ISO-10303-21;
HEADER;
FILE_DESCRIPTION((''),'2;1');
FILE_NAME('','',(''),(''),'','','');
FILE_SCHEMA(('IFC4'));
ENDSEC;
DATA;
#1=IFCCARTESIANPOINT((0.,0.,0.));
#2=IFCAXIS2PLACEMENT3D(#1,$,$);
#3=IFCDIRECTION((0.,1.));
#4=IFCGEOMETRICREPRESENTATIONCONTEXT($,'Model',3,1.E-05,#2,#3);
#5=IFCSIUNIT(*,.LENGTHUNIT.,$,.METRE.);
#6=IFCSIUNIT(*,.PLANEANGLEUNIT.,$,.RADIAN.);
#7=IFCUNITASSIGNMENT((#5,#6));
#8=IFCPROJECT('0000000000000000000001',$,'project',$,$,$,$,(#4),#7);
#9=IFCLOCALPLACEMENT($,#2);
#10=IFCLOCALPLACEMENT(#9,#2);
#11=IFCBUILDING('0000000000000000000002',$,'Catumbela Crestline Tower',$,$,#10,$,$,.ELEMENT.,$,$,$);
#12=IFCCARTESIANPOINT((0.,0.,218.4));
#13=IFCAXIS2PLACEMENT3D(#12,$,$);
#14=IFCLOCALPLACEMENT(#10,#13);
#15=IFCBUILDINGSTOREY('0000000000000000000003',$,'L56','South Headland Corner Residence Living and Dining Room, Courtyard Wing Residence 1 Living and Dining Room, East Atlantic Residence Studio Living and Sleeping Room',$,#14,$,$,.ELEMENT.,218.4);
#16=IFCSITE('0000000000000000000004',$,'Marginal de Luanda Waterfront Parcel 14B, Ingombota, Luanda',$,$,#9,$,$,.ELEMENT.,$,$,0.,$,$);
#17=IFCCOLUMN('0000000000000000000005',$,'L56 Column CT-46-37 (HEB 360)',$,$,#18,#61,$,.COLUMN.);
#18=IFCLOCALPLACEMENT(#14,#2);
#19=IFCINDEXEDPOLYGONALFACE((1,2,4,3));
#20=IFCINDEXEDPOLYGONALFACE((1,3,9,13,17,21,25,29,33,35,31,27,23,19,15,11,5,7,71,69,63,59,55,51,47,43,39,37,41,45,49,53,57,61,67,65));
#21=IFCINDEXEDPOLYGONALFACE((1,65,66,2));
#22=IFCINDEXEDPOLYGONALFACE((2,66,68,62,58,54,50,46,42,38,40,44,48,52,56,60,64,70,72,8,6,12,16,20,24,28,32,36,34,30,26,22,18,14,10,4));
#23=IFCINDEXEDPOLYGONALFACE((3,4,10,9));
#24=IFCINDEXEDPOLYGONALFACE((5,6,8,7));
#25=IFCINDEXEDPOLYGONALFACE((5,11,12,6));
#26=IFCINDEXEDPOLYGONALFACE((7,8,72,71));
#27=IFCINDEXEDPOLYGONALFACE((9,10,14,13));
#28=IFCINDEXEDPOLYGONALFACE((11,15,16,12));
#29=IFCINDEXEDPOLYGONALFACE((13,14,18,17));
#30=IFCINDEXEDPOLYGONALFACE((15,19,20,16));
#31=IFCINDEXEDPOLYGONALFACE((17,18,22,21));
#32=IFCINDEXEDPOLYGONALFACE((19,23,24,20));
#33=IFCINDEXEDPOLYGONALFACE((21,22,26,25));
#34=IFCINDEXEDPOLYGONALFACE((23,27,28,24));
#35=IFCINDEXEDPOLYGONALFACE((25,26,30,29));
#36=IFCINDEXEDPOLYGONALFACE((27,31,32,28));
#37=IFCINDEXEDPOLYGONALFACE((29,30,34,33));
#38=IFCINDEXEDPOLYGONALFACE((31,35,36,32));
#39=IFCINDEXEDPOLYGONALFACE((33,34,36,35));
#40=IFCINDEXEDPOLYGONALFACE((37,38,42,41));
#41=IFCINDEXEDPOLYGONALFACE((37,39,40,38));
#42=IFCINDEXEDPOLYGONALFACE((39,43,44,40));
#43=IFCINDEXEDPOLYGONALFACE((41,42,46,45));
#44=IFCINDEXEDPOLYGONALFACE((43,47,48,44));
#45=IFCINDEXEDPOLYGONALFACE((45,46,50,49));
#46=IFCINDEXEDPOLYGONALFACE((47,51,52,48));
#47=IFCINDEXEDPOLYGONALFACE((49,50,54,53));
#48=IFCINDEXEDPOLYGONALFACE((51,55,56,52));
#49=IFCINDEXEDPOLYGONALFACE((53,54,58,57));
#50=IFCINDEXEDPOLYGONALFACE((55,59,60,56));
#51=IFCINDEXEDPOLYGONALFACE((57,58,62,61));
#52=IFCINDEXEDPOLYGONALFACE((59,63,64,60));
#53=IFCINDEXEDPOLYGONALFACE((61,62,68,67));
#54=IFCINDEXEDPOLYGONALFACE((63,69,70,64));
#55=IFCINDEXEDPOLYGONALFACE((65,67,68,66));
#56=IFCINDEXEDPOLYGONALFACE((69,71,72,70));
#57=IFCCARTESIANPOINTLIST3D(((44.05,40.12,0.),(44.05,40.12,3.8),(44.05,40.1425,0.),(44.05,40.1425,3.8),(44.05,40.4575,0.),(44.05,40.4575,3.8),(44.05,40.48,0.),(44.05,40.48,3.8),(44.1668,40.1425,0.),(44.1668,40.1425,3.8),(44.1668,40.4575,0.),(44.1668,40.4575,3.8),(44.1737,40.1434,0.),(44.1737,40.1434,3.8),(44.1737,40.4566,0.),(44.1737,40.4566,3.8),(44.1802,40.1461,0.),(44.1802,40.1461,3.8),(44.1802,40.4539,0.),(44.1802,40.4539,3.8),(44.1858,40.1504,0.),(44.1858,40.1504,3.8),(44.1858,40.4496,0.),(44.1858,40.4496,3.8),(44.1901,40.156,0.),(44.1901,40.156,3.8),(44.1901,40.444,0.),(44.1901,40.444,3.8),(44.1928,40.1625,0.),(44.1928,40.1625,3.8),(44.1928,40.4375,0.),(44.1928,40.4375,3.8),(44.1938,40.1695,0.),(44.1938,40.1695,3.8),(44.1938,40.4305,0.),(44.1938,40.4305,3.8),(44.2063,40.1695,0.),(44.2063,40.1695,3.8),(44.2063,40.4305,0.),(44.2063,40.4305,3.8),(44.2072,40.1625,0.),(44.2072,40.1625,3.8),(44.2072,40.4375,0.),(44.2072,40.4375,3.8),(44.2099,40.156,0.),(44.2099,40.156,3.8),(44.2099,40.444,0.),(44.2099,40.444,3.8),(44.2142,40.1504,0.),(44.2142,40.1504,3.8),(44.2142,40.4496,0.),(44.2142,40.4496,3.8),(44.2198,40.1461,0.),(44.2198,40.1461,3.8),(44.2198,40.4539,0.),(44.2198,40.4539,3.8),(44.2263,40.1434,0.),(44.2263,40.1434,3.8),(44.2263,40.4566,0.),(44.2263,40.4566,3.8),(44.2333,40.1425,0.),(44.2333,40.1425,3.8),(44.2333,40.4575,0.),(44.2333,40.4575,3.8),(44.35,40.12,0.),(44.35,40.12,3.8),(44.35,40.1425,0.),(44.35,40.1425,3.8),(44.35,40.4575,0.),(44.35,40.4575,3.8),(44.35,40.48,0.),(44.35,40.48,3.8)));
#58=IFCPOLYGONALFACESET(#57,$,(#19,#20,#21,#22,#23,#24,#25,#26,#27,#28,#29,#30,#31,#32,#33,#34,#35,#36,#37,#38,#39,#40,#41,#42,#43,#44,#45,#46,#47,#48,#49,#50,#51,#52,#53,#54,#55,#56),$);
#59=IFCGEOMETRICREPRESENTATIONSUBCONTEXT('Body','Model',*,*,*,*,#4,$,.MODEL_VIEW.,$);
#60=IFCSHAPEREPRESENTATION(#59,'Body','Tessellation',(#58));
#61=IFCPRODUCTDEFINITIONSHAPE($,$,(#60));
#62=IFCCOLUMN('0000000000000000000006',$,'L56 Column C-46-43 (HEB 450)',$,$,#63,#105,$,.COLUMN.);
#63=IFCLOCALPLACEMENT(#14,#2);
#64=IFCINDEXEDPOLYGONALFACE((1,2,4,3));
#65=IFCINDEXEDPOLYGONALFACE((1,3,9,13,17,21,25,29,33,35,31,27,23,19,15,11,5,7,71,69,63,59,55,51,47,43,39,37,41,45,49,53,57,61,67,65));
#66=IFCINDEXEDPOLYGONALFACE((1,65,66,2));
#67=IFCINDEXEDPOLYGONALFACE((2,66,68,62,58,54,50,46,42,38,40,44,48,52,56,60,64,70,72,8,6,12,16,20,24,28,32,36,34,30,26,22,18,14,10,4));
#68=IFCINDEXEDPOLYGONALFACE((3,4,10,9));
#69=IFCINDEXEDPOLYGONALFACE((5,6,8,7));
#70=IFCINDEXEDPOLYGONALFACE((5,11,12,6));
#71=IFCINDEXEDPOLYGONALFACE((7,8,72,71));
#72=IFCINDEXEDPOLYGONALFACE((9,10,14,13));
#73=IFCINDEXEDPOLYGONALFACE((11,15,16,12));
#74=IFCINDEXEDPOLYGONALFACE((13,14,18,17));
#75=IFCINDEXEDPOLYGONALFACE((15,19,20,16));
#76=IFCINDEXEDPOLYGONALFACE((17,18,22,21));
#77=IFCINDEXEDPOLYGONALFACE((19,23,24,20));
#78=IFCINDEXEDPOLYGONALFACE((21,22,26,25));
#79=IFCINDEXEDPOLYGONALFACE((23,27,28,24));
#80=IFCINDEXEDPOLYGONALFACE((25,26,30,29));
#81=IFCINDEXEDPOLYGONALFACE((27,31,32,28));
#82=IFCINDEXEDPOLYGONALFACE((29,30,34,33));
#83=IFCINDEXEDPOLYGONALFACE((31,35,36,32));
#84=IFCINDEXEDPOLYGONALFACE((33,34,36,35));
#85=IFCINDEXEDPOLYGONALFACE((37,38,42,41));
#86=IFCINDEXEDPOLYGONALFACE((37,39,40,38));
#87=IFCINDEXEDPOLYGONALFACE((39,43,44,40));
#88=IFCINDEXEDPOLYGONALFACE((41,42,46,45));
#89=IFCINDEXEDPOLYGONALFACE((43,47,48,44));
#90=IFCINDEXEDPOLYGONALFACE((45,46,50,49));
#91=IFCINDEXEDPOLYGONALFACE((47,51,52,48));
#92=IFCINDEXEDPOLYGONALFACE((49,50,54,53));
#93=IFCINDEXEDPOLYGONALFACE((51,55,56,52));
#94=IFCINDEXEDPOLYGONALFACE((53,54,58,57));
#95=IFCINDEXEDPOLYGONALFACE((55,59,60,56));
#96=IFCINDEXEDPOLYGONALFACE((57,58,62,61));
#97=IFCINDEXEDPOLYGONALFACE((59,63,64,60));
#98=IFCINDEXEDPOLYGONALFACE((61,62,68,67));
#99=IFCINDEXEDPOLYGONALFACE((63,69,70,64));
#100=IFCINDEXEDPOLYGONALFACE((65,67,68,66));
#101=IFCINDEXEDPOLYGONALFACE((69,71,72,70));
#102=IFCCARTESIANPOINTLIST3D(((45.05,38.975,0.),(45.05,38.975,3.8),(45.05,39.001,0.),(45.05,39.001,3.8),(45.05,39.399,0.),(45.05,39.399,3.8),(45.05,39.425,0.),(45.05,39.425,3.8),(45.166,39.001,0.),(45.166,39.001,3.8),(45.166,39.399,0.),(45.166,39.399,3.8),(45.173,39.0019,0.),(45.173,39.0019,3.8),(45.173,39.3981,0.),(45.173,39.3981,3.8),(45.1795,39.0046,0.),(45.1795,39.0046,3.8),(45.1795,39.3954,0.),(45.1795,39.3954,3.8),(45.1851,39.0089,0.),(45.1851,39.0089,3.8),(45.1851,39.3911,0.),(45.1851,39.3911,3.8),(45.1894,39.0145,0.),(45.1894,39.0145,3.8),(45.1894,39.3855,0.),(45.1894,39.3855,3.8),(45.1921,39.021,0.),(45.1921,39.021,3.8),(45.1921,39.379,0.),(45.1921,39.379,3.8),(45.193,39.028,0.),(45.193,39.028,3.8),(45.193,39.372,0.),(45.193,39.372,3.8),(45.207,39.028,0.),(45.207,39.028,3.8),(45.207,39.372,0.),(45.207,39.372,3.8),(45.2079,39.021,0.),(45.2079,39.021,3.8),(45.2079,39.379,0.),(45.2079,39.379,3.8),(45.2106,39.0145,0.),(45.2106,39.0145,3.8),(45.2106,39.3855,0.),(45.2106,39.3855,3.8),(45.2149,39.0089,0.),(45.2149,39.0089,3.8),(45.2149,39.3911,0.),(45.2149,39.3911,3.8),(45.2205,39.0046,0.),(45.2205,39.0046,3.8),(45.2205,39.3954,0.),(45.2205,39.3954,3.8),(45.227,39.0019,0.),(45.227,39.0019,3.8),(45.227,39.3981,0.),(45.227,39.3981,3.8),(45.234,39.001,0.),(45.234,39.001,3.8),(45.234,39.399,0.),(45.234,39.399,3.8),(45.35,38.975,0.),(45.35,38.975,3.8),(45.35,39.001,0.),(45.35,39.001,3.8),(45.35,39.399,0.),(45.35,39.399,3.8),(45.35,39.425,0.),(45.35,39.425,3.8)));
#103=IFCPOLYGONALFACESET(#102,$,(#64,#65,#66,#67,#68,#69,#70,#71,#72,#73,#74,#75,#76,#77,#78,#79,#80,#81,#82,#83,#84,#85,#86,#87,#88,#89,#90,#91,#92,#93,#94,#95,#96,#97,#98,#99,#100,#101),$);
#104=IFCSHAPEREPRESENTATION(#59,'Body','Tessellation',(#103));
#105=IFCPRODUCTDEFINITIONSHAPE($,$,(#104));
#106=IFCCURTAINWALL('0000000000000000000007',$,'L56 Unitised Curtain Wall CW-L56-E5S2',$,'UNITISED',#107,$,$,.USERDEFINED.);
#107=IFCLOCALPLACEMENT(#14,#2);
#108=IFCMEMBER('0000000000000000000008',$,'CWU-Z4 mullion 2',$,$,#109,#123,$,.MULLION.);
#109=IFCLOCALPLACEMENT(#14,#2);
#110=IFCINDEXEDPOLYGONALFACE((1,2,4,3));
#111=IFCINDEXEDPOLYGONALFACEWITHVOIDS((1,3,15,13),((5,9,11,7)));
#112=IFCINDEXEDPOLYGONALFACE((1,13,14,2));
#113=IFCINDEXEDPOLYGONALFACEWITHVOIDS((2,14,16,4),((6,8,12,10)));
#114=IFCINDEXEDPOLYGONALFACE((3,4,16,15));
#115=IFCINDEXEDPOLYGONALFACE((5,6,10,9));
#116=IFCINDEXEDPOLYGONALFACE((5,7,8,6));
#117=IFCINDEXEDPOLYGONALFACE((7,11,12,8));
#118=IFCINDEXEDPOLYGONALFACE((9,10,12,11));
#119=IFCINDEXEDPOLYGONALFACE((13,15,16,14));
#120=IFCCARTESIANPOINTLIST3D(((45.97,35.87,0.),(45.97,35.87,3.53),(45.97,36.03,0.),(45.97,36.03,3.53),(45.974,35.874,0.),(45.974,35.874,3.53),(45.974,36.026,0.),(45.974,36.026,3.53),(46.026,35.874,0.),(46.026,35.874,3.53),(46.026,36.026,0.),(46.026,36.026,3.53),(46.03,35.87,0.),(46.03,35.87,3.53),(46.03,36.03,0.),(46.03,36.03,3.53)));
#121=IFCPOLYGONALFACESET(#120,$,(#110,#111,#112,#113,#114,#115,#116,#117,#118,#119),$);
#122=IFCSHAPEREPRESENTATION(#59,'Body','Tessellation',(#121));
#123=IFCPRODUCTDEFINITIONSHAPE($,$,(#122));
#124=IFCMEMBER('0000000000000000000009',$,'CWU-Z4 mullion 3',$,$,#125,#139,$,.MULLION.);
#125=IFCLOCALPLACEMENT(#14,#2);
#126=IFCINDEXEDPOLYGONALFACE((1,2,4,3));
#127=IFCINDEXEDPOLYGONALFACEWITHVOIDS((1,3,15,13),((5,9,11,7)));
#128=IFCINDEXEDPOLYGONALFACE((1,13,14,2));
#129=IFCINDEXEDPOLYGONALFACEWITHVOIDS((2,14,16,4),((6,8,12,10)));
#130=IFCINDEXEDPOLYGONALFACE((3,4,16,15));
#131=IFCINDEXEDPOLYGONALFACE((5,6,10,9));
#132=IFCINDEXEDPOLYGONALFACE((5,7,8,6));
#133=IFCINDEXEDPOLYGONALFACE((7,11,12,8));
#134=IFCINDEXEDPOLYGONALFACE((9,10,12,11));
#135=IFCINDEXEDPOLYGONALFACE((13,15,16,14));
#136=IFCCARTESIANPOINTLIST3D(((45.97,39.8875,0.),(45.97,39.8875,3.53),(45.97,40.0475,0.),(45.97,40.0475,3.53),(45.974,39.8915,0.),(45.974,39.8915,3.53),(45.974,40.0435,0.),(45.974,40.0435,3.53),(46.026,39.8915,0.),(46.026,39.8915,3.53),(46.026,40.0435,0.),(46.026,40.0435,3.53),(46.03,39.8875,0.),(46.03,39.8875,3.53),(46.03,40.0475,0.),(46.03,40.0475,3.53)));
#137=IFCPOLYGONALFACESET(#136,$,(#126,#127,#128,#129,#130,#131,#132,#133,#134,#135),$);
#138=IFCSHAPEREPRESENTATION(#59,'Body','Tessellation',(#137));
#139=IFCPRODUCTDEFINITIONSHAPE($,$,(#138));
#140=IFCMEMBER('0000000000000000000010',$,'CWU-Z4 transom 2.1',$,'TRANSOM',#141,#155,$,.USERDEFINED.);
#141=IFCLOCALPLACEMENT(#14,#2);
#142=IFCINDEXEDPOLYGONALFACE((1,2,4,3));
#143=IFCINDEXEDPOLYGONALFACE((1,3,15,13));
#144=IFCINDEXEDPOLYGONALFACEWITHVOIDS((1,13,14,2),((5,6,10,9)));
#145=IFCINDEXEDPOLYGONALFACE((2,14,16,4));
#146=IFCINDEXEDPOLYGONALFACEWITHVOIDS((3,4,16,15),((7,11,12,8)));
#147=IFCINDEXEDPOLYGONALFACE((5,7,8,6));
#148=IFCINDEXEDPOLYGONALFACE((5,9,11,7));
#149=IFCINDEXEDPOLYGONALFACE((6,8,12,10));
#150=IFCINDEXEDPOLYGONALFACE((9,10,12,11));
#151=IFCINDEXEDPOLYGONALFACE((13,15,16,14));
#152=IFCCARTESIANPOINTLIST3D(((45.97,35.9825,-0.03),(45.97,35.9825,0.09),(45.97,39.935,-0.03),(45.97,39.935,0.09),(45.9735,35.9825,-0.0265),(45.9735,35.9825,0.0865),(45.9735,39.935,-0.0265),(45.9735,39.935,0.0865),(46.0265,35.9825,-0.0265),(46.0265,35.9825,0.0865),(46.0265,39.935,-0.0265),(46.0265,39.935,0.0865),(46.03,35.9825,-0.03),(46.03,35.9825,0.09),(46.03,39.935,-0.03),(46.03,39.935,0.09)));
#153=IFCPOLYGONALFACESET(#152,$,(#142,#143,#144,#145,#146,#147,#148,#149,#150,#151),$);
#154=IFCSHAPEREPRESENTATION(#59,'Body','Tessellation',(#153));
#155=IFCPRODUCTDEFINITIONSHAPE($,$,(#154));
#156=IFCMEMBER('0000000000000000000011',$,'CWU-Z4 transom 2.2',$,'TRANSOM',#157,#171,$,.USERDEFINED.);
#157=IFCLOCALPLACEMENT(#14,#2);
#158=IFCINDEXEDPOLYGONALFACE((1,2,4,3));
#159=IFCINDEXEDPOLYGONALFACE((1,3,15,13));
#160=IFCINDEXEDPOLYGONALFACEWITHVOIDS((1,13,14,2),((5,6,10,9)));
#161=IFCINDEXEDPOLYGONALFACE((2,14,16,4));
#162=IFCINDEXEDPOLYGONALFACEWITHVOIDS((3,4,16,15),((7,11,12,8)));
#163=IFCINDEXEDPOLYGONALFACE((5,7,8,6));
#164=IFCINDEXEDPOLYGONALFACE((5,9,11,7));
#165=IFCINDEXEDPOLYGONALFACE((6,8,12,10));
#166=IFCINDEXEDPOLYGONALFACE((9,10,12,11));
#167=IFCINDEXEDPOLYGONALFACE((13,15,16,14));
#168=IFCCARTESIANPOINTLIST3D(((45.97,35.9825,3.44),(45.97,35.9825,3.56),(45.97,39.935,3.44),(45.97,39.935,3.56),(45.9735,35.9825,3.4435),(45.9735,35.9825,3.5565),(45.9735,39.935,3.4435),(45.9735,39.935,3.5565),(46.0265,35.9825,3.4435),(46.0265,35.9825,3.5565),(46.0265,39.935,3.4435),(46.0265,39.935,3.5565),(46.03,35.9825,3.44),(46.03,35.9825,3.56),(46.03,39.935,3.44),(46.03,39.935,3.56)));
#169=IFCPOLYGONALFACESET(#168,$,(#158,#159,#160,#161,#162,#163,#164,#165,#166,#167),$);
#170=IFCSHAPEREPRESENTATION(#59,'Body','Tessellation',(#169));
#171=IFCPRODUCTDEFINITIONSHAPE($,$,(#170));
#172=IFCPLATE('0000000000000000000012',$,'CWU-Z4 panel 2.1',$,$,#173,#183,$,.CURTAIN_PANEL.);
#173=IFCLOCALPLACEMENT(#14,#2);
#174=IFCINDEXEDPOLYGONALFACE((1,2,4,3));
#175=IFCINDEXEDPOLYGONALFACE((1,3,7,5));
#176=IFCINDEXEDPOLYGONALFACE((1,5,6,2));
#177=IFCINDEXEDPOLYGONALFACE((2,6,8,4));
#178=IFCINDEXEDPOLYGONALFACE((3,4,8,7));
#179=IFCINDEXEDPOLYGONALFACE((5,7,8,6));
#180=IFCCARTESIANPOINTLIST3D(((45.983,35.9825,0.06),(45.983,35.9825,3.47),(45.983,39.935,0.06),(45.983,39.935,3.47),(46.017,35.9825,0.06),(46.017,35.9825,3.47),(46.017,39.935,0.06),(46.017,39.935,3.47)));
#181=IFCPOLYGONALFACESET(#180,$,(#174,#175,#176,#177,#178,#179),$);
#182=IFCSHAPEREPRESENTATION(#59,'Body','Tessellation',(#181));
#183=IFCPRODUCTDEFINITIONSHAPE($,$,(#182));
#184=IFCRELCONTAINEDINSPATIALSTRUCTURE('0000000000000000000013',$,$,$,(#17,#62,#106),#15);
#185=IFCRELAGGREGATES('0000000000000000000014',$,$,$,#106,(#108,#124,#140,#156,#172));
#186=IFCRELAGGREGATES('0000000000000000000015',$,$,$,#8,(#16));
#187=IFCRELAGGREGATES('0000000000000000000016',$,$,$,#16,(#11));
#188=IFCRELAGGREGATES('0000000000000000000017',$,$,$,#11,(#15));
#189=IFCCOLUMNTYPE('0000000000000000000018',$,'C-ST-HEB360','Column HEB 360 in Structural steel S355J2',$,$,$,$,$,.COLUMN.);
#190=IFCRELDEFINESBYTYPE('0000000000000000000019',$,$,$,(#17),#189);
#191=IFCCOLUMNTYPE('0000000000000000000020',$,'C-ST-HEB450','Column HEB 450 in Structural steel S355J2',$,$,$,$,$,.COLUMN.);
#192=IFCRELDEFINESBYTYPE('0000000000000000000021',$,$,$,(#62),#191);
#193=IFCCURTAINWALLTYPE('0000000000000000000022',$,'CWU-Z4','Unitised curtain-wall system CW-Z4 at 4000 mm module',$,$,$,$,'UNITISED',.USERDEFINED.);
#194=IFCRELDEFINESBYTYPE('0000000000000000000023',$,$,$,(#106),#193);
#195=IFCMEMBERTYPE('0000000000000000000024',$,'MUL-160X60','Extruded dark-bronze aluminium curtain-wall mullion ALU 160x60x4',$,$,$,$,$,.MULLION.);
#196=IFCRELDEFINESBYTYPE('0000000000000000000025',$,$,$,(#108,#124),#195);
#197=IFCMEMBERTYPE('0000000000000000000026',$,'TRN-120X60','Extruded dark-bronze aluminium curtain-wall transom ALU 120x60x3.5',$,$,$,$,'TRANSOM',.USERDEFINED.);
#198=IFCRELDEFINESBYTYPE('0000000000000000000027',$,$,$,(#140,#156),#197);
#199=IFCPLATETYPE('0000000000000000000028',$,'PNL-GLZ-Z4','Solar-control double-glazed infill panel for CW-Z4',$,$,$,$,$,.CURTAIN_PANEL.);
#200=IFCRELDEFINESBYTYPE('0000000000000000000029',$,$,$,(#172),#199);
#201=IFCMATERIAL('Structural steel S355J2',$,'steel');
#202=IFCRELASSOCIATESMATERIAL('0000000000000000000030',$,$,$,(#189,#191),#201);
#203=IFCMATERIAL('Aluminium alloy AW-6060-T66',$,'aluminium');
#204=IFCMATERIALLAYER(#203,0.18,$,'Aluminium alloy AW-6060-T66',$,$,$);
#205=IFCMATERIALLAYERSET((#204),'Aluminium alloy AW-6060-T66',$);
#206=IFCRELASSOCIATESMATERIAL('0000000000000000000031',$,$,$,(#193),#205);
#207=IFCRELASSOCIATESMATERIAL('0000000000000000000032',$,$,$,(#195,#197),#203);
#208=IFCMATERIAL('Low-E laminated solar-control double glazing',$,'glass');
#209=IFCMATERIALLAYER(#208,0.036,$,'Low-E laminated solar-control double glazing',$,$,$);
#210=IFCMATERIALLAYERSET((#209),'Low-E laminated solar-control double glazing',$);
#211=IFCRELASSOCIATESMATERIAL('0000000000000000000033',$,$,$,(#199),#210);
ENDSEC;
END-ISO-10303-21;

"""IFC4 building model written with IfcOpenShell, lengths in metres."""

from ifc_helpers import new_model, si_unit, direction, frame, origin, origin_2d, place, context, subcontext, project, spatial, rectangle, hollow_rectangle, i_section, extrude, material, layer, layer_set, material_profile, profile_set, type_object, element, aggregate, save


model = new_model("IFC4")

# Units and contexts
model_context = context("Model", 3, precision=1e-05, world=origin(), true_north=direction((0.0, 1.0)))
body_context = subcontext(model_context, "Body", "Model", "MODEL_VIEW")
ifc_project = project(units=[si_unit("LENGTHUNIT", "METRE"), si_unit("PLANEANGLEUNIT", "RADIAN")], contexts=[model_context])

# Site, building, storey
site_placement = place(None, origin())
site = spatial("IfcSite", under=ifc_project, at=site_placement, Name="Marginal de Luanda Waterfront Parcel 14B, Ingombota, Luanda", CompositionType="ELEMENT", RefElevation=0.0)
building_placement = place(site_placement, origin())
building = spatial("IfcBuilding", under=site, at=building_placement, Name="Catumbela Crestline Tower", CompositionType="ELEMENT")
storey_placement = place(building_placement, frame((0.0, 0.0, 218.4)))
storey = spatial("IfcBuildingStorey", under=building, at=storey_placement, Name="L56", Description="South Headland Corner Residence Living and Dining Room, Courtyard Wing Residence 1 Living and Dining Room, East Atlantic Residence Studio Living and Sleeping Room", CompositionType="ELEMENT", Elevation=218.4)

# Columns
ifc_material_1 = material(Name="Structural steel S355J2", Category="steel")
ifc_material_profile_1 = material_profile(ifc_material_1, i_section(OverallWidth=0.3, OverallDepth=0.36, WebThickness=0.0125, FlangeThickness=0.0225, FilletRadius=0.027, at=origin_2d()), Name="HEB 360")
ifc_profile_set_1 = profile_set([ifc_material_profile_1], Name="Structural steel S355J2")
column_type_1 = type_object("IfcColumnType", Name="C-ST-HEB360", Description="Column HEB 360 in Structural steel S355J2", PredefinedType="COLUMN", material=ifc_profile_set_1)
column_1_placement = place(storey_placement, frame((44.2, 40.3, 0.0), z_axis=(0.0, 0.0, 1.0), x_axis=(1.0, 0.0, 0.0)))
element("IfcColumn", 1, at=column_1_placement, inside=storey, type_object=column_type_1, Name="L56 Column CT-46-37 (HEB 360)", PredefinedType="COLUMN", context=body_context, shape_type="SweptSolid", body=[
    extrude(i_section(OverallWidth=0.3, OverallDepth=0.36, WebThickness=0.0125, FlangeThickness=0.0225, FilletRadius=0.027, at=origin_2d()), origin(), (0.0, 0.0, 1.0), 3.8),
])
ifc_material_profile_2 = material_profile(ifc_material_1, i_section(OverallWidth=0.3, OverallDepth=0.45, WebThickness=0.014, FlangeThickness=0.026, FilletRadius=0.027, at=origin_2d()), Name="HEB 450")
ifc_profile_set_2 = profile_set([ifc_material_profile_2], Name="Structural steel S355J2")
column_type_2 = type_object("IfcColumnType", Name="C-ST-HEB450", Description="Column HEB 450 in Structural steel S355J2", PredefinedType="COLUMN", material=ifc_profile_set_2)
column_2_placement = place(storey_placement, frame((45.2, 39.2, 0.0), z_axis=(0.0, 0.0, 1.0), x_axis=(1.0, 0.0, 0.0)))
element("IfcColumn", 2, at=column_2_placement, inside=storey, type_object=column_type_2, Name="L56 Column C-46-43 (HEB 450)", PredefinedType="COLUMN", context=body_context, shape_type="SweptSolid", body=[
    extrude(i_section(OverallWidth=0.3, OverallDepth=0.45, WebThickness=0.014, FlangeThickness=0.026, FilletRadius=0.027, at=origin_2d()), origin(), (0.0, 0.0, 1.0), 3.8),
])

# Curtain wall, members, plate
ifc_material_2 = material(Name="Aluminium alloy AW-6060-T66", Category="aluminium")
ifc_layer_1 = layer(ifc_material_2, 0.18, Name="Aluminium alloy AW-6060-T66")
ifc_layer_set_1 = layer_set([ifc_layer_1], Name="Aluminium alloy AW-6060-T66")
curtain_wall_type = type_object("IfcCurtainWallType", Name="CWU-Z4", Description="Unitised curtain-wall system CW-Z4 at 4000 mm module", ElementType="UNITISED", PredefinedType="USERDEFINED", material=ifc_layer_set_1)
curtain_wall_placement = place(storey_placement, origin())
curtain_wall = element("IfcCurtainWall", 3, at=curtain_wall_placement, inside=storey, type_object=curtain_wall_type, Name="L56 Unitised Curtain Wall CW-L56-E5S2", ObjectType="UNITISED", PredefinedType="USERDEFINED")
ifc_material_profile_3 = material_profile(ifc_material_2, hollow_rectangle(XDim=0.06, YDim=0.16, WallThickness=0.004, at=origin_2d()), Name="ALU 160x60x4")
ifc_profile_set_3 = profile_set([ifc_material_profile_3], Name="Aluminium alloy AW-6060-T66")
member_type_1 = type_object("IfcMemberType", Name="MUL-160X60", Description="Extruded dark-bronze aluminium curtain-wall mullion ALU 160x60x4", PredefinedType="MULLION", material=ifc_profile_set_3)
member_1_placement = place(storey_placement, frame((46.0, 35.95, 0.0), z_axis=(0.0, 0.0, 1.0), x_axis=(-1.0, 0.0, 0.0)))
member_1 = element("IfcMember", 4, at=member_1_placement, type_object=member_type_1, Name="CWU-Z4 mullion 2", PredefinedType="MULLION", context=body_context, shape_type="SweptSolid", body=[
    extrude(hollow_rectangle(XDim=0.06, YDim=0.16, WallThickness=0.004, at=origin_2d()), origin(), (0.0, 0.0, 1.0), 3.53),
])
member_2_placement = place(storey_placement, frame((46.0, 39.9675, 0.0), z_axis=(0.0, 0.0, 1.0), x_axis=(-1.0, 0.0, 0.0)))
member_2 = element("IfcMember", 5, at=member_2_placement, type_object=member_type_1, Name="CWU-Z4 mullion 3", PredefinedType="MULLION", context=body_context, shape_type="SweptSolid", body=[
    extrude(hollow_rectangle(XDim=0.06, YDim=0.16, WallThickness=0.004, at=origin_2d()), origin(), (0.0, 0.0, 1.0), 3.53),
])
ifc_material_profile_4 = material_profile(ifc_material_2, hollow_rectangle(XDim=0.06, YDim=0.12, WallThickness=0.0035, at=origin_2d()), Name="ALU 120x60x3.5")
ifc_profile_set_4 = profile_set([ifc_material_profile_4], Name="Aluminium alloy AW-6060-T66")
member_type_2 = type_object("IfcMemberType", Name="TRN-120X60", Description="Extruded dark-bronze aluminium curtain-wall transom ALU 120x60x3.5", ElementType="TRANSOM", PredefinedType="USERDEFINED", material=ifc_profile_set_4)
member_3_placement = place(storey_placement, frame((46.0, 35.9825, 0.03), z_axis=(0.0, 1.0, 0.0), x_axis=(-1.0, 0.0, 0.0)))
member_3 = element("IfcMember", 6, at=member_3_placement, type_object=member_type_2, Name="CWU-Z4 transom 2.1", ObjectType="TRANSOM", PredefinedType="USERDEFINED", context=body_context, shape_type="SweptSolid", body=[
    extrude(hollow_rectangle(XDim=0.06, YDim=0.12, WallThickness=0.0035, at=origin_2d()), origin(), (0.0, 0.0, 1.0), 3.9525),
])
member_4_placement = place(storey_placement, frame((46.0, 35.9825, 3.5), z_axis=(0.0, 1.0, 0.0), x_axis=(-1.0, 0.0, 0.0)))
member_4 = element("IfcMember", 7, at=member_4_placement, type_object=member_type_2, Name="CWU-Z4 transom 2.2", ObjectType="TRANSOM", PredefinedType="USERDEFINED", context=body_context, shape_type="SweptSolid", body=[
    extrude(hollow_rectangle(XDim=0.06, YDim=0.12, WallThickness=0.0035, at=origin_2d()), origin(), (0.0, 0.0, 1.0), 3.9525),
])
ifc_material_3 = material(Name="Low-E laminated solar-control double glazing", Category="glass")
ifc_layer_2 = layer(ifc_material_3, 0.036, Name="Low-E laminated solar-control double glazing")
ifc_layer_set_2 = layer_set([ifc_layer_2], Name="Low-E laminated solar-control double glazing")
plate_type = type_object("IfcPlateType", Name="PNL-GLZ-Z4", Description="Solar-control double-glazed infill panel for CW-Z4", PredefinedType="CURTAIN_PANEL", material=ifc_layer_set_2)
plate_placement = place(storey_placement, frame((46.0, 37.9588, 0.06), z_axis=(0.0, 0.0, 1.0), x_axis=(0.0, 1.0, 0.0)))
plate = element("IfcPlate", 8, at=plate_placement, type_object=plate_type, Name="CWU-Z4 panel 2.1", PredefinedType="CURTAIN_PANEL", context=body_context, shape_type="SweptSolid", body=[
    extrude(rectangle(XDim=3.9525, YDim=0.034, at=origin_2d()), origin(), (0.0, 0.0, 1.0), 3.41),
])
aggregate(curtain_wall, [member_1, member_2, member_3, member_4, plate])

save(model, "model.ifc")
